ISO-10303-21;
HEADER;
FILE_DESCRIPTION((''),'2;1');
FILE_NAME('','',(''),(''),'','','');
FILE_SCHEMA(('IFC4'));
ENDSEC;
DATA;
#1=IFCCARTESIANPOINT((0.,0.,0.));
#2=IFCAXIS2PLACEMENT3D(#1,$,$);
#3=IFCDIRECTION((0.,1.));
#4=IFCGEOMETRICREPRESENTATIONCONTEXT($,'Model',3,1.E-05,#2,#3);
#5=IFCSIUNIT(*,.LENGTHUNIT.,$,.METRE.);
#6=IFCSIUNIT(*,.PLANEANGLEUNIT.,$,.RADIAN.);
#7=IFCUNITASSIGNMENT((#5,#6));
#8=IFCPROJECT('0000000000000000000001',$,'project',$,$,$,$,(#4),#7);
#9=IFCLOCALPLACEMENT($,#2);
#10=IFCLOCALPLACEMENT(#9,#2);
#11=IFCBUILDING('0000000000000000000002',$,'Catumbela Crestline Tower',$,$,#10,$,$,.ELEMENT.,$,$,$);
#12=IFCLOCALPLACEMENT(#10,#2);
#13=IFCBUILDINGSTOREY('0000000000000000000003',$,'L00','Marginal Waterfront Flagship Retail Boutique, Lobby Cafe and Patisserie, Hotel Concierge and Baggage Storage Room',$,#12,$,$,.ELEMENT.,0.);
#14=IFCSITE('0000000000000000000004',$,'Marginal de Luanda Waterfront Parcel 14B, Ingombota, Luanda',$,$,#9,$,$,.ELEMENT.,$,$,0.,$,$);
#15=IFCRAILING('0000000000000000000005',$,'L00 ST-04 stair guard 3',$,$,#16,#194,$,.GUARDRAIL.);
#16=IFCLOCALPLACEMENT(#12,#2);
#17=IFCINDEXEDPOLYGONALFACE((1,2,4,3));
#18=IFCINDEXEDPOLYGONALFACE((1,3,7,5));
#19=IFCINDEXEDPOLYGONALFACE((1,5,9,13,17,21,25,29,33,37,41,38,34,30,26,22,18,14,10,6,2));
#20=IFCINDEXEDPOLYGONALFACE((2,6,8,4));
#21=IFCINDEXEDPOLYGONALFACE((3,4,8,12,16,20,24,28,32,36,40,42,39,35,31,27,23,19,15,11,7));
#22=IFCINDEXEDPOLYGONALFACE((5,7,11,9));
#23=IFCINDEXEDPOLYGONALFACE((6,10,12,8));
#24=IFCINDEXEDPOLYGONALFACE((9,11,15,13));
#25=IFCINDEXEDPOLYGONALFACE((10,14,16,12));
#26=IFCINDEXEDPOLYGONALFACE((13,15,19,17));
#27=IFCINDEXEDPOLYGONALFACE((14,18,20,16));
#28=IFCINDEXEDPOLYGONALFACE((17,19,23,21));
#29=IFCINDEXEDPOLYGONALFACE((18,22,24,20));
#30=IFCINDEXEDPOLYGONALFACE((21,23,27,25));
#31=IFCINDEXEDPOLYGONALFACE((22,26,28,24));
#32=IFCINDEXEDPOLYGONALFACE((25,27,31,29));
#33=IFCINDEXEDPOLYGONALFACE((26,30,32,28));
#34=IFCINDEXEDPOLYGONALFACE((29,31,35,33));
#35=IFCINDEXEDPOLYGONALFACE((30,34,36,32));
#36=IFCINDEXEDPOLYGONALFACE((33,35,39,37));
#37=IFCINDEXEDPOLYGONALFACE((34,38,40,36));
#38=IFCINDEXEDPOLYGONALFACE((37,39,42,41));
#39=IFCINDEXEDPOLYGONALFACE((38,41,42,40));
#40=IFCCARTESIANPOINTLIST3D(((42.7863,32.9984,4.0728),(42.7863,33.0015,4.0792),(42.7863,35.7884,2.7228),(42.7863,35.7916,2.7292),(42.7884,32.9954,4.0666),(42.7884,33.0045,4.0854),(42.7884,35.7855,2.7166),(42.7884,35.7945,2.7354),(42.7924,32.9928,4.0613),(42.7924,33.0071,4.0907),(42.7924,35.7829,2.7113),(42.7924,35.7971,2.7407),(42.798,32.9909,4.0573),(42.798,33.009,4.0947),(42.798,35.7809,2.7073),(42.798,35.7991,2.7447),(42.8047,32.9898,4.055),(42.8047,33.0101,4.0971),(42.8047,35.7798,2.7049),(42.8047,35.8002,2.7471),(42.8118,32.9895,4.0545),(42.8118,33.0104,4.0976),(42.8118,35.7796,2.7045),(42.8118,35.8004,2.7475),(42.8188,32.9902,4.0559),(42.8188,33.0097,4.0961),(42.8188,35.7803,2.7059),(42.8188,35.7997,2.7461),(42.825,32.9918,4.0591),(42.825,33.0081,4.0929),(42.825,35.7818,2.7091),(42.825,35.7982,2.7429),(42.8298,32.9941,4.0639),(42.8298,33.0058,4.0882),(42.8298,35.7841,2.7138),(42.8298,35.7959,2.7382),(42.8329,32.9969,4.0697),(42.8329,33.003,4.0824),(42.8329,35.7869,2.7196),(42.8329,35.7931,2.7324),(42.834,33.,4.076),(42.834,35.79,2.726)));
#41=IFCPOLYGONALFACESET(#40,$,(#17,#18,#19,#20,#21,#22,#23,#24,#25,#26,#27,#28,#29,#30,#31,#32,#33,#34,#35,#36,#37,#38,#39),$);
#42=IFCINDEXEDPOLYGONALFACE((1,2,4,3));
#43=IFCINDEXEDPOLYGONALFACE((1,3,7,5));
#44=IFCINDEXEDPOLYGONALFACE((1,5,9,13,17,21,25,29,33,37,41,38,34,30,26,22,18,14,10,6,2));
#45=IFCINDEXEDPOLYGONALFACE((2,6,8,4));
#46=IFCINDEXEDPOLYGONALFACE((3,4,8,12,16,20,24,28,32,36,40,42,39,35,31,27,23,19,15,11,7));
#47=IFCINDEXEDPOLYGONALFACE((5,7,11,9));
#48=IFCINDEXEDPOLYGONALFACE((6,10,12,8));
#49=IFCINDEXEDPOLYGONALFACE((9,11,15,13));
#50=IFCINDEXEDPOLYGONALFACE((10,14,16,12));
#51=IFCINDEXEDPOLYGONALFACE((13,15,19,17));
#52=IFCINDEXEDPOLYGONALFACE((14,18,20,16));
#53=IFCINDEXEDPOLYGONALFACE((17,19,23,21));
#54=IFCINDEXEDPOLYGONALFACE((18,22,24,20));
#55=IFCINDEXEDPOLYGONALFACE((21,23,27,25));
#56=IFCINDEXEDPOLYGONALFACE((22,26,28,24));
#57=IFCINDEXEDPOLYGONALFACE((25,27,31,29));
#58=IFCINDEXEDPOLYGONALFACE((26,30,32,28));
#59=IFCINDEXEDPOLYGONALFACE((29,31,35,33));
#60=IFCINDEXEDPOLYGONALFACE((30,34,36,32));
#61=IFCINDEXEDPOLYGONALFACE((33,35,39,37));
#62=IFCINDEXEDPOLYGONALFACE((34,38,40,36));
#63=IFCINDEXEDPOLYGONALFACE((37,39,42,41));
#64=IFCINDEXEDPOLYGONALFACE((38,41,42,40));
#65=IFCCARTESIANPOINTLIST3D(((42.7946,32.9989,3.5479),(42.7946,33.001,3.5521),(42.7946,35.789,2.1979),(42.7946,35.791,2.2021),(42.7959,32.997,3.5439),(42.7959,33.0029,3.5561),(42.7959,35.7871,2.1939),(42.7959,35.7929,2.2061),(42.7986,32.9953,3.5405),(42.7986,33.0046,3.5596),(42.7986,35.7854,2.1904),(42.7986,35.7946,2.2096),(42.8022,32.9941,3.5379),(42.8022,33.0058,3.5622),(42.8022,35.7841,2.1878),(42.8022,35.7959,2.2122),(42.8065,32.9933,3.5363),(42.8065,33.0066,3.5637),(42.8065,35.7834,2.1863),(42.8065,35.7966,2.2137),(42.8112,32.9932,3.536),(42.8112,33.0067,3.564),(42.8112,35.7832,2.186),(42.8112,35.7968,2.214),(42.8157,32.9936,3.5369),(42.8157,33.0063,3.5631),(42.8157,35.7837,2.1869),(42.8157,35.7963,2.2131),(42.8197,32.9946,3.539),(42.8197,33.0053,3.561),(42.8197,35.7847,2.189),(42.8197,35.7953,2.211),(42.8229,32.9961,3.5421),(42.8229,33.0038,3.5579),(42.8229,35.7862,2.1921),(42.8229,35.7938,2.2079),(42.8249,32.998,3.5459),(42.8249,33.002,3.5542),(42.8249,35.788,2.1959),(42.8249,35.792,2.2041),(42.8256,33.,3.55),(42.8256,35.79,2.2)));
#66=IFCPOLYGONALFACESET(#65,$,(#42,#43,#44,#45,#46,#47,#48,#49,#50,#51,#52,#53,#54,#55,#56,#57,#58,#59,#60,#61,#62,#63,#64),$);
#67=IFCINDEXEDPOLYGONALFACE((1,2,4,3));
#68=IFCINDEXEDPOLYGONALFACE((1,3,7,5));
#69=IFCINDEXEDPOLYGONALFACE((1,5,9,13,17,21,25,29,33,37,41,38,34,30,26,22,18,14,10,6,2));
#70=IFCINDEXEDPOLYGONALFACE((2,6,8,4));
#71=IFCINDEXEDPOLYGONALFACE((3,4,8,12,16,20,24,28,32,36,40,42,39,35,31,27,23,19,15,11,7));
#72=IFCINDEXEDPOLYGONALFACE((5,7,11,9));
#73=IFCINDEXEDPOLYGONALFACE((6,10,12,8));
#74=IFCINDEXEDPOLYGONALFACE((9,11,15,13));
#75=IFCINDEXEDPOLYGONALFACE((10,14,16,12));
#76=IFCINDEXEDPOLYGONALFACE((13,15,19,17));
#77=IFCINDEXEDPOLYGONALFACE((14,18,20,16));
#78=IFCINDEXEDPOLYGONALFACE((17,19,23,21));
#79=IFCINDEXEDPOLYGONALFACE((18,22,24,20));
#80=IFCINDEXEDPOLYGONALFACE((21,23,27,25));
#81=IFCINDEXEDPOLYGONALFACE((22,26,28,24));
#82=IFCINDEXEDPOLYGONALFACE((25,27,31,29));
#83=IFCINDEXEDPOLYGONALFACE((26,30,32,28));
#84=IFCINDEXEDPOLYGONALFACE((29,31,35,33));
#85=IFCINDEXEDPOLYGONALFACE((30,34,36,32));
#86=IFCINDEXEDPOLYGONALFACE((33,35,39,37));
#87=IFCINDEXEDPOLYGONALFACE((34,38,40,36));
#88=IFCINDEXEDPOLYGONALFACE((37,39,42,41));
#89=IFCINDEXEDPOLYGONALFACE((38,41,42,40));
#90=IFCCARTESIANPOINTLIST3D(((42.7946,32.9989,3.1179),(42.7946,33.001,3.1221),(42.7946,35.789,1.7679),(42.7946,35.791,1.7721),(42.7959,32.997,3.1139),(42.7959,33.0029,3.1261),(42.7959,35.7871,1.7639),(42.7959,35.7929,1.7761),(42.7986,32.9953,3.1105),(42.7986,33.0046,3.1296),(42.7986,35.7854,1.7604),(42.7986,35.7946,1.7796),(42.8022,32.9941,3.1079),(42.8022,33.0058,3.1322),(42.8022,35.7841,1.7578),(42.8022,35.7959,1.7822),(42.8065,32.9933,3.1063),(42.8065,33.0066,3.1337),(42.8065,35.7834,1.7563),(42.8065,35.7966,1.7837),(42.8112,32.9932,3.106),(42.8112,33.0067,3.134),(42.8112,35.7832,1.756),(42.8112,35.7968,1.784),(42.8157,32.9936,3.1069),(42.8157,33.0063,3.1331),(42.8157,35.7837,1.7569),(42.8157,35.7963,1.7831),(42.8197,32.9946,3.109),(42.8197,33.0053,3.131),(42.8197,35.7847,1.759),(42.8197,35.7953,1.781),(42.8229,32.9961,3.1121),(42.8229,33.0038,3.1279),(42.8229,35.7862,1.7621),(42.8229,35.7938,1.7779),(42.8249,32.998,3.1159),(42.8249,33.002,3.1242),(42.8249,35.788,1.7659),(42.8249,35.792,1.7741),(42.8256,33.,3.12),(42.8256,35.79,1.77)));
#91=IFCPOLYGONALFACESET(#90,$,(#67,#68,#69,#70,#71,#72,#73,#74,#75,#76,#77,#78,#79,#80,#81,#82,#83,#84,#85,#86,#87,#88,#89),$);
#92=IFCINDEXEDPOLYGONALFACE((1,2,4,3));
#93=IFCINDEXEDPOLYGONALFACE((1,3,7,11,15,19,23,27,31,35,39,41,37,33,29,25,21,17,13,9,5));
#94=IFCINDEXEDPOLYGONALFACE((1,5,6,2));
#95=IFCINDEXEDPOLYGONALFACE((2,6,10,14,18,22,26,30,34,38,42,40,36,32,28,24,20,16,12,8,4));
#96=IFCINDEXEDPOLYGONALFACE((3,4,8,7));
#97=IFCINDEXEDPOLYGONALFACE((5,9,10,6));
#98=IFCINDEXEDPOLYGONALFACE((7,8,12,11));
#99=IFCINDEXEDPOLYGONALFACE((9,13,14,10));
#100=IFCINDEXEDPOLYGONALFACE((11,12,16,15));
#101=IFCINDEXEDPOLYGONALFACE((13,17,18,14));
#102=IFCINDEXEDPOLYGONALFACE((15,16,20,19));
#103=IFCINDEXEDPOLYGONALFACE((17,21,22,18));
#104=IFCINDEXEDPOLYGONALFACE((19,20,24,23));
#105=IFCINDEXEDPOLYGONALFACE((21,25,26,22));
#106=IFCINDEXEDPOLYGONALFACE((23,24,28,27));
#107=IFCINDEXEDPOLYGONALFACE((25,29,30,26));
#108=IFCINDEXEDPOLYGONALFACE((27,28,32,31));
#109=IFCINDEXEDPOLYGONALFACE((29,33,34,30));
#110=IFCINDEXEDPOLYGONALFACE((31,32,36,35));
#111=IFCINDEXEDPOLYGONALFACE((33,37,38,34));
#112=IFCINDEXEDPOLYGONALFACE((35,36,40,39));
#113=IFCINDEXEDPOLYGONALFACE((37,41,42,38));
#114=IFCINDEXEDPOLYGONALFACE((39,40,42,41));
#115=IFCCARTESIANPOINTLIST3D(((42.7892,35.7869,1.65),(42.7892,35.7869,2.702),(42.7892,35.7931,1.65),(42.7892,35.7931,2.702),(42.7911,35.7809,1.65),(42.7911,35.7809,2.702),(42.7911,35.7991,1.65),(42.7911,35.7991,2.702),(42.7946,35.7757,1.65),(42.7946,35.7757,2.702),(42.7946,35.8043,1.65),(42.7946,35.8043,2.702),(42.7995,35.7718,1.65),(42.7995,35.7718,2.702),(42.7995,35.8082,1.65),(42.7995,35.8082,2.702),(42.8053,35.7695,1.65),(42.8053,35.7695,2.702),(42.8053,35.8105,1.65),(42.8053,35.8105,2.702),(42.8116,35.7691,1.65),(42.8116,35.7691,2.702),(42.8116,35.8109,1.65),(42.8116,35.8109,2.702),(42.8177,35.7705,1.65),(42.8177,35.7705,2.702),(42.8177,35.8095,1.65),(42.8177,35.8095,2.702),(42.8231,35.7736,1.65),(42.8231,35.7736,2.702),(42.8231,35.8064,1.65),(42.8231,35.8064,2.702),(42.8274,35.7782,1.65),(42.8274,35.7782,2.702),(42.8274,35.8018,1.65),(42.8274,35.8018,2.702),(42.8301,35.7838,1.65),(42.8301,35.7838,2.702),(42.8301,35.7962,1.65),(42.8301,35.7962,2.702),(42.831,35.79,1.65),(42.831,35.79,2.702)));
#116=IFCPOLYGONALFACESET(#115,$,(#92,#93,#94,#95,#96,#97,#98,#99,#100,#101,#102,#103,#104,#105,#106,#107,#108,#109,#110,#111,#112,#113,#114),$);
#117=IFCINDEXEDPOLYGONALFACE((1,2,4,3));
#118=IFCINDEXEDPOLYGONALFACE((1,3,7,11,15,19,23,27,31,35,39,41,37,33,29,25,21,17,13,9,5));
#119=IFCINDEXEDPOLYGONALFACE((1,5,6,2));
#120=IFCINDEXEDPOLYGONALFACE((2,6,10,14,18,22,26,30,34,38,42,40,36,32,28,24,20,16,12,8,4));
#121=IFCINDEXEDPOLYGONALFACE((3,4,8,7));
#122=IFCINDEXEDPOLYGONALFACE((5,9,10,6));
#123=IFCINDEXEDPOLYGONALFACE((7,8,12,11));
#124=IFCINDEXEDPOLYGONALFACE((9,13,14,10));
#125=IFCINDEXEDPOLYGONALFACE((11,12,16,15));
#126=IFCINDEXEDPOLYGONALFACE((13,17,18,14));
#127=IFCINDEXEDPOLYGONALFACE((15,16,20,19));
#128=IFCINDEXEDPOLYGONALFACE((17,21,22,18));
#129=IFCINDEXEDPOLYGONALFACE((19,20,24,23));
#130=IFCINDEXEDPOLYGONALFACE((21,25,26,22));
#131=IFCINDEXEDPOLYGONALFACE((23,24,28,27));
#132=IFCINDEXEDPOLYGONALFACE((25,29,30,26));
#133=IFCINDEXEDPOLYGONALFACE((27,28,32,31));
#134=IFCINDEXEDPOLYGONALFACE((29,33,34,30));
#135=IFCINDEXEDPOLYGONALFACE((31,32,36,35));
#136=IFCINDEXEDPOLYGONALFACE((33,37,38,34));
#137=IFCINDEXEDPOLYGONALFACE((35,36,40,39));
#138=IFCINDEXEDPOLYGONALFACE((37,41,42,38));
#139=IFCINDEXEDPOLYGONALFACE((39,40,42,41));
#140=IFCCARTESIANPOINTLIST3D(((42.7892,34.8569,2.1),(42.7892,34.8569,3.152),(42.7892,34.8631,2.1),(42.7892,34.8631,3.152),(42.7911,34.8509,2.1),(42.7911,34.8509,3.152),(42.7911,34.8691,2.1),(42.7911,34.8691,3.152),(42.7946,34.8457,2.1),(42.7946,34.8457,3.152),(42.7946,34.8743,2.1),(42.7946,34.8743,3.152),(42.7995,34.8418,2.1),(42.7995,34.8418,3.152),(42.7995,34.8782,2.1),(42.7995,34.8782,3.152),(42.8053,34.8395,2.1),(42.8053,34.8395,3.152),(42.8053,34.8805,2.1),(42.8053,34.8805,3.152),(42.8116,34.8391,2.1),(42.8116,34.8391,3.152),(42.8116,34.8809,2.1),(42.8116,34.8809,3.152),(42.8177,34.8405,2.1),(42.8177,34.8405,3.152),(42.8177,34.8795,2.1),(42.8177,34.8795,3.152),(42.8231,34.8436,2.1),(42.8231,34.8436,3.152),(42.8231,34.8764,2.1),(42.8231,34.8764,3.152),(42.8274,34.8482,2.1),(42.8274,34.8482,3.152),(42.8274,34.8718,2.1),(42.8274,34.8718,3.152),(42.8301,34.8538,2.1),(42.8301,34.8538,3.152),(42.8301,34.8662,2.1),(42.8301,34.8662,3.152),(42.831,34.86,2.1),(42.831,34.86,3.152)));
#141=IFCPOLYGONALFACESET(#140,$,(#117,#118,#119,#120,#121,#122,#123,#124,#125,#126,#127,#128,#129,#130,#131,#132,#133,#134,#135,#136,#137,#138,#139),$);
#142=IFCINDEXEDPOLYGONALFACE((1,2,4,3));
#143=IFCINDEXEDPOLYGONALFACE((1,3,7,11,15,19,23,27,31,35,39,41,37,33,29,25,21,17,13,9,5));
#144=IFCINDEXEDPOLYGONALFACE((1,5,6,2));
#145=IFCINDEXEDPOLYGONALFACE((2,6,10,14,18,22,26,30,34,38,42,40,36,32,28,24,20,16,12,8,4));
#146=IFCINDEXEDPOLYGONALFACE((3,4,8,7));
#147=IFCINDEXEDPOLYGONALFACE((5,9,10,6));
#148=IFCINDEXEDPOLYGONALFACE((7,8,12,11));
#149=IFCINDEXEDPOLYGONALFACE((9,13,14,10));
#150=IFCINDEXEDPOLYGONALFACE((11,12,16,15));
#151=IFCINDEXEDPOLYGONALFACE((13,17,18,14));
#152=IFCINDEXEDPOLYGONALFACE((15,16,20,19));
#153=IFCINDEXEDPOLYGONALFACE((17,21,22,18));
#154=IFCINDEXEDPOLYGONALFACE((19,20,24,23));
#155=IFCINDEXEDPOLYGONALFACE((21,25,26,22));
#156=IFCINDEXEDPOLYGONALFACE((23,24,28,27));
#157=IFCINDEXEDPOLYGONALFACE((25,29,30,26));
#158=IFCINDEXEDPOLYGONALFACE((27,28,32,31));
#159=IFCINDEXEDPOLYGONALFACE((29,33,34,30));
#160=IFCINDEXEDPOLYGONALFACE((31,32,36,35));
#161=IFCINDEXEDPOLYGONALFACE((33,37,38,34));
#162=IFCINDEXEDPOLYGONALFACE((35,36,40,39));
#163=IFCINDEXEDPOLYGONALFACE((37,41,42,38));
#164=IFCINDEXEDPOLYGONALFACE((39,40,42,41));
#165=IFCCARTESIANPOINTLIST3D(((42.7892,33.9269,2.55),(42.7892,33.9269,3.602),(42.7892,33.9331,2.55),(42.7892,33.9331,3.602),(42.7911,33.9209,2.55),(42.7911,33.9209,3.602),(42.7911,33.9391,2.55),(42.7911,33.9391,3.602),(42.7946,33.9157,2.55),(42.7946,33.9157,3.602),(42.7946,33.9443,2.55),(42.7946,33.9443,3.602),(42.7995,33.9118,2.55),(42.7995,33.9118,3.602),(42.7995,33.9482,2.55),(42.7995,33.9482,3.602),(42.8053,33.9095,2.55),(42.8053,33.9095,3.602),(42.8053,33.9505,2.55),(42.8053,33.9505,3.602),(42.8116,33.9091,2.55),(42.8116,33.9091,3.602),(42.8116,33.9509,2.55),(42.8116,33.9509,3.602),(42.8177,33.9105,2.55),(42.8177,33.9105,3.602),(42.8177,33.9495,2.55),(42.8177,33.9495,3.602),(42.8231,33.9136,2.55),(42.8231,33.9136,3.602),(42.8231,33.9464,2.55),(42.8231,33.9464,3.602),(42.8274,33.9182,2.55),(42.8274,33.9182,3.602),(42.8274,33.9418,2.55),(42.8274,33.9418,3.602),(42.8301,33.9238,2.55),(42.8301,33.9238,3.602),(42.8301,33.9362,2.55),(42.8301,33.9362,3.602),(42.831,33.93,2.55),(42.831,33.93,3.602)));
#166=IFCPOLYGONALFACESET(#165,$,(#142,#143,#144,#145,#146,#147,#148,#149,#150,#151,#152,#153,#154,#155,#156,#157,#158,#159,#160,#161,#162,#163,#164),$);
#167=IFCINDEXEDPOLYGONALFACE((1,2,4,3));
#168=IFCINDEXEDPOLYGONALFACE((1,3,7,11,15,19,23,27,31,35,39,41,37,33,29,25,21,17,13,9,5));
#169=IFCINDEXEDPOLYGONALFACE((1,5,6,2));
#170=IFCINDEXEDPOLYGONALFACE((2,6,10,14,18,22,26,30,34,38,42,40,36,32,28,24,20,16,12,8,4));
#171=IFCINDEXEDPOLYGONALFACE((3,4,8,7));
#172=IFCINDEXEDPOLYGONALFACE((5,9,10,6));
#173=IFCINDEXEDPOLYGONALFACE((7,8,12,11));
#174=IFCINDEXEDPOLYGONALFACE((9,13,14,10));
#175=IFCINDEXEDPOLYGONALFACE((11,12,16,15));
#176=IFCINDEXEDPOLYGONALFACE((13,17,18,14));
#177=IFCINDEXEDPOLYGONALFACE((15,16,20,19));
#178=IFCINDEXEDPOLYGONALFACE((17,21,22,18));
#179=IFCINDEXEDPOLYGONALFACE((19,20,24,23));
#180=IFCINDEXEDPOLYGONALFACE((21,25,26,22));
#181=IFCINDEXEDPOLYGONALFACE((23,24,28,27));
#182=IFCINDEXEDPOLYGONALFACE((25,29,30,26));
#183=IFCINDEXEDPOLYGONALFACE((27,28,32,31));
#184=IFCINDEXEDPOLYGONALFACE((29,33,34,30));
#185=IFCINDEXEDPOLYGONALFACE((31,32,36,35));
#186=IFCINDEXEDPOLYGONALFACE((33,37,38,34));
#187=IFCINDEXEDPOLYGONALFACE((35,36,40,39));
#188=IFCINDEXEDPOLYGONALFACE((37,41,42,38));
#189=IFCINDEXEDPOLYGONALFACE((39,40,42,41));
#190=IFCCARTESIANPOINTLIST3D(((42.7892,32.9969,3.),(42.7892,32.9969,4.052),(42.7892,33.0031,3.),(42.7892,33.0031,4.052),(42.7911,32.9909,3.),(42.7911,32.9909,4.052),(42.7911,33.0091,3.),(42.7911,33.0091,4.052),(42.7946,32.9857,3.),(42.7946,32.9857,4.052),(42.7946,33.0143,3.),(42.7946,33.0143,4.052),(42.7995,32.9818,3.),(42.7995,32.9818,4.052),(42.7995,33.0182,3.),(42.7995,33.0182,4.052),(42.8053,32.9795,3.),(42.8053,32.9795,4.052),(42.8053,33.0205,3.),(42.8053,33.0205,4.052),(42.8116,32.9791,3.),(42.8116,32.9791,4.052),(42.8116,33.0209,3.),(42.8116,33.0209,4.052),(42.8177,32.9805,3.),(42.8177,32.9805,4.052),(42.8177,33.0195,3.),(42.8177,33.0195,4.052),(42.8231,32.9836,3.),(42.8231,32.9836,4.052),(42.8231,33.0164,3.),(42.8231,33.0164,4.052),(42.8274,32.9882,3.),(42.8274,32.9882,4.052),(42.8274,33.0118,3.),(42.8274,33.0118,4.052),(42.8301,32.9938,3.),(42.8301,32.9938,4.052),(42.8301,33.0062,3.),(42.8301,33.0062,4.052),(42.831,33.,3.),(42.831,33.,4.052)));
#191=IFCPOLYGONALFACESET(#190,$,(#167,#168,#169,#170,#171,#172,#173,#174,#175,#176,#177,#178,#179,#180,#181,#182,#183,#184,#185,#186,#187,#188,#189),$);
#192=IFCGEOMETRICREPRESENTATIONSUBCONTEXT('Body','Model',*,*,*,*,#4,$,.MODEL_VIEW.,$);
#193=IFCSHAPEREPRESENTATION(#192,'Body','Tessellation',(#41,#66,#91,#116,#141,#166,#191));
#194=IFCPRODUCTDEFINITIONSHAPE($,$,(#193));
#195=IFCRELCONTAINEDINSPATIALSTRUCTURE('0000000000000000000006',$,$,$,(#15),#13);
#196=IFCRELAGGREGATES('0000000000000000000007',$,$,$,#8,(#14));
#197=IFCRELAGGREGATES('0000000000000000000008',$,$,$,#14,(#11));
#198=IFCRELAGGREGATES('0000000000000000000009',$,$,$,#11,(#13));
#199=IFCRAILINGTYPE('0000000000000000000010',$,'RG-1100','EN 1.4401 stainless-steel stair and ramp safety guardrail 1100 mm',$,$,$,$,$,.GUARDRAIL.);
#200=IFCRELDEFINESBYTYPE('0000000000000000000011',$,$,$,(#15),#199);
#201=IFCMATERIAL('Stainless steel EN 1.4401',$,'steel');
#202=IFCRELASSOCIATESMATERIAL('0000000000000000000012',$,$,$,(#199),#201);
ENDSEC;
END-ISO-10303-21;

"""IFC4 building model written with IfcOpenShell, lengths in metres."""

from ifc_helpers import new_model, si_unit, direction, frame, origin, origin_2d, place, context, subcontext, project, spatial, circle, extrude, material, type_object, element, save


model = new_model("IFC4")

# Units and contexts
model_context = context("Model", 3, precision=1e-05, world=origin(), true_north=direction((0.0, 1.0)))
body_context = subcontext(model_context, "Body", "Model", "MODEL_VIEW")
ifc_project = project(units=[si_unit("LENGTHUNIT", "METRE"), si_unit("PLANEANGLEUNIT", "RADIAN")], contexts=[model_context])

# Site, building, storey
site_placement = place(None, origin())
site = spatial("IfcSite", under=ifc_project, at=site_placement, Name="Marginal de Luanda Waterfront Parcel 14B, Ingombota, Luanda", CompositionType="ELEMENT", RefElevation=0.0)
building_placement = place(site_placement, origin())
building = spatial("IfcBuilding", under=site, at=building_placement, Name="Catumbela Crestline Tower", CompositionType="ELEMENT")
storey_placement = place(building_placement, origin())
storey = spatial("IfcBuildingStorey", under=building, at=storey_placement, Name="L00", Description="Marginal Waterfront Flagship Retail Boutique, Lobby Cafe and Patisserie, Hotel Concierge and Baggage Storage Room", CompositionType="ELEMENT", Elevation=0.0)

# Shared definitions
ifc_material_1 = material(Name="Stainless steel EN 1.4401", Category="steel")

# Railing
railing_type_1 = type_object("IfcRailingType", Name="RG-1100", Description="EN 1.4401 stainless-steel stair and ramp safety guardrail 1100 mm", PredefinedType="GUARDRAIL", material=ifc_material_1)
railing_1_placement = place(storey_placement, frame((42.81, 35.79, 1.65)))
element("IfcRailing", 1, at=railing_1_placement, inside=storey, type_object=railing_type_1, Name="L00 ST-04 stair guard 3", PredefinedType="GUARDRAIL", context=body_context, shape_type="SweptSolid", body=[
    extrude(circle(Radius=0.024, at=origin_2d()), frame((0.0, 0.0, 1.076), z_axis=(0.0, -0.900159, 0.435561), x_axis=(1.0, 0.0, 0.0)), (0.0, 0.0, 1.0), 3.0995),
    extrude(circle(Radius=0.0156, at=origin_2d()), frame((0.0, 0.0, 0.55), z_axis=(0.0, -0.900159, 0.435561), x_axis=(1.0, 0.0, 0.0)), (0.0, 0.0, 1.0), 3.0995),
    extrude(circle(Radius=0.0156, at=origin_2d()), frame((0.0, 0.0, 0.12), z_axis=(0.0, -0.900159, 0.435561), x_axis=(1.0, 0.0, 0.0)), (0.0, 0.0, 1.0), 3.0995),
    extrude(circle(Radius=0.021, at=origin_2d()), origin(), (0.0, 0.0, 1.0), 1.052),
    extrude(circle(Radius=0.021, at=origin_2d()), frame((0.0, -0.93, 0.45)), (0.0, 0.0, 1.0), 1.052),
    extrude(circle(Radius=0.021, at=origin_2d()), frame((0.0, -1.86, 0.9)), (0.0, 0.0, 1.0), 1.052),
    extrude(circle(Radius=0.021, at=origin_2d()), frame((0.0, -2.79, 1.35)), (0.0, 0.0, 1.0), 1.052),
])

save(model, "model.ifc")
